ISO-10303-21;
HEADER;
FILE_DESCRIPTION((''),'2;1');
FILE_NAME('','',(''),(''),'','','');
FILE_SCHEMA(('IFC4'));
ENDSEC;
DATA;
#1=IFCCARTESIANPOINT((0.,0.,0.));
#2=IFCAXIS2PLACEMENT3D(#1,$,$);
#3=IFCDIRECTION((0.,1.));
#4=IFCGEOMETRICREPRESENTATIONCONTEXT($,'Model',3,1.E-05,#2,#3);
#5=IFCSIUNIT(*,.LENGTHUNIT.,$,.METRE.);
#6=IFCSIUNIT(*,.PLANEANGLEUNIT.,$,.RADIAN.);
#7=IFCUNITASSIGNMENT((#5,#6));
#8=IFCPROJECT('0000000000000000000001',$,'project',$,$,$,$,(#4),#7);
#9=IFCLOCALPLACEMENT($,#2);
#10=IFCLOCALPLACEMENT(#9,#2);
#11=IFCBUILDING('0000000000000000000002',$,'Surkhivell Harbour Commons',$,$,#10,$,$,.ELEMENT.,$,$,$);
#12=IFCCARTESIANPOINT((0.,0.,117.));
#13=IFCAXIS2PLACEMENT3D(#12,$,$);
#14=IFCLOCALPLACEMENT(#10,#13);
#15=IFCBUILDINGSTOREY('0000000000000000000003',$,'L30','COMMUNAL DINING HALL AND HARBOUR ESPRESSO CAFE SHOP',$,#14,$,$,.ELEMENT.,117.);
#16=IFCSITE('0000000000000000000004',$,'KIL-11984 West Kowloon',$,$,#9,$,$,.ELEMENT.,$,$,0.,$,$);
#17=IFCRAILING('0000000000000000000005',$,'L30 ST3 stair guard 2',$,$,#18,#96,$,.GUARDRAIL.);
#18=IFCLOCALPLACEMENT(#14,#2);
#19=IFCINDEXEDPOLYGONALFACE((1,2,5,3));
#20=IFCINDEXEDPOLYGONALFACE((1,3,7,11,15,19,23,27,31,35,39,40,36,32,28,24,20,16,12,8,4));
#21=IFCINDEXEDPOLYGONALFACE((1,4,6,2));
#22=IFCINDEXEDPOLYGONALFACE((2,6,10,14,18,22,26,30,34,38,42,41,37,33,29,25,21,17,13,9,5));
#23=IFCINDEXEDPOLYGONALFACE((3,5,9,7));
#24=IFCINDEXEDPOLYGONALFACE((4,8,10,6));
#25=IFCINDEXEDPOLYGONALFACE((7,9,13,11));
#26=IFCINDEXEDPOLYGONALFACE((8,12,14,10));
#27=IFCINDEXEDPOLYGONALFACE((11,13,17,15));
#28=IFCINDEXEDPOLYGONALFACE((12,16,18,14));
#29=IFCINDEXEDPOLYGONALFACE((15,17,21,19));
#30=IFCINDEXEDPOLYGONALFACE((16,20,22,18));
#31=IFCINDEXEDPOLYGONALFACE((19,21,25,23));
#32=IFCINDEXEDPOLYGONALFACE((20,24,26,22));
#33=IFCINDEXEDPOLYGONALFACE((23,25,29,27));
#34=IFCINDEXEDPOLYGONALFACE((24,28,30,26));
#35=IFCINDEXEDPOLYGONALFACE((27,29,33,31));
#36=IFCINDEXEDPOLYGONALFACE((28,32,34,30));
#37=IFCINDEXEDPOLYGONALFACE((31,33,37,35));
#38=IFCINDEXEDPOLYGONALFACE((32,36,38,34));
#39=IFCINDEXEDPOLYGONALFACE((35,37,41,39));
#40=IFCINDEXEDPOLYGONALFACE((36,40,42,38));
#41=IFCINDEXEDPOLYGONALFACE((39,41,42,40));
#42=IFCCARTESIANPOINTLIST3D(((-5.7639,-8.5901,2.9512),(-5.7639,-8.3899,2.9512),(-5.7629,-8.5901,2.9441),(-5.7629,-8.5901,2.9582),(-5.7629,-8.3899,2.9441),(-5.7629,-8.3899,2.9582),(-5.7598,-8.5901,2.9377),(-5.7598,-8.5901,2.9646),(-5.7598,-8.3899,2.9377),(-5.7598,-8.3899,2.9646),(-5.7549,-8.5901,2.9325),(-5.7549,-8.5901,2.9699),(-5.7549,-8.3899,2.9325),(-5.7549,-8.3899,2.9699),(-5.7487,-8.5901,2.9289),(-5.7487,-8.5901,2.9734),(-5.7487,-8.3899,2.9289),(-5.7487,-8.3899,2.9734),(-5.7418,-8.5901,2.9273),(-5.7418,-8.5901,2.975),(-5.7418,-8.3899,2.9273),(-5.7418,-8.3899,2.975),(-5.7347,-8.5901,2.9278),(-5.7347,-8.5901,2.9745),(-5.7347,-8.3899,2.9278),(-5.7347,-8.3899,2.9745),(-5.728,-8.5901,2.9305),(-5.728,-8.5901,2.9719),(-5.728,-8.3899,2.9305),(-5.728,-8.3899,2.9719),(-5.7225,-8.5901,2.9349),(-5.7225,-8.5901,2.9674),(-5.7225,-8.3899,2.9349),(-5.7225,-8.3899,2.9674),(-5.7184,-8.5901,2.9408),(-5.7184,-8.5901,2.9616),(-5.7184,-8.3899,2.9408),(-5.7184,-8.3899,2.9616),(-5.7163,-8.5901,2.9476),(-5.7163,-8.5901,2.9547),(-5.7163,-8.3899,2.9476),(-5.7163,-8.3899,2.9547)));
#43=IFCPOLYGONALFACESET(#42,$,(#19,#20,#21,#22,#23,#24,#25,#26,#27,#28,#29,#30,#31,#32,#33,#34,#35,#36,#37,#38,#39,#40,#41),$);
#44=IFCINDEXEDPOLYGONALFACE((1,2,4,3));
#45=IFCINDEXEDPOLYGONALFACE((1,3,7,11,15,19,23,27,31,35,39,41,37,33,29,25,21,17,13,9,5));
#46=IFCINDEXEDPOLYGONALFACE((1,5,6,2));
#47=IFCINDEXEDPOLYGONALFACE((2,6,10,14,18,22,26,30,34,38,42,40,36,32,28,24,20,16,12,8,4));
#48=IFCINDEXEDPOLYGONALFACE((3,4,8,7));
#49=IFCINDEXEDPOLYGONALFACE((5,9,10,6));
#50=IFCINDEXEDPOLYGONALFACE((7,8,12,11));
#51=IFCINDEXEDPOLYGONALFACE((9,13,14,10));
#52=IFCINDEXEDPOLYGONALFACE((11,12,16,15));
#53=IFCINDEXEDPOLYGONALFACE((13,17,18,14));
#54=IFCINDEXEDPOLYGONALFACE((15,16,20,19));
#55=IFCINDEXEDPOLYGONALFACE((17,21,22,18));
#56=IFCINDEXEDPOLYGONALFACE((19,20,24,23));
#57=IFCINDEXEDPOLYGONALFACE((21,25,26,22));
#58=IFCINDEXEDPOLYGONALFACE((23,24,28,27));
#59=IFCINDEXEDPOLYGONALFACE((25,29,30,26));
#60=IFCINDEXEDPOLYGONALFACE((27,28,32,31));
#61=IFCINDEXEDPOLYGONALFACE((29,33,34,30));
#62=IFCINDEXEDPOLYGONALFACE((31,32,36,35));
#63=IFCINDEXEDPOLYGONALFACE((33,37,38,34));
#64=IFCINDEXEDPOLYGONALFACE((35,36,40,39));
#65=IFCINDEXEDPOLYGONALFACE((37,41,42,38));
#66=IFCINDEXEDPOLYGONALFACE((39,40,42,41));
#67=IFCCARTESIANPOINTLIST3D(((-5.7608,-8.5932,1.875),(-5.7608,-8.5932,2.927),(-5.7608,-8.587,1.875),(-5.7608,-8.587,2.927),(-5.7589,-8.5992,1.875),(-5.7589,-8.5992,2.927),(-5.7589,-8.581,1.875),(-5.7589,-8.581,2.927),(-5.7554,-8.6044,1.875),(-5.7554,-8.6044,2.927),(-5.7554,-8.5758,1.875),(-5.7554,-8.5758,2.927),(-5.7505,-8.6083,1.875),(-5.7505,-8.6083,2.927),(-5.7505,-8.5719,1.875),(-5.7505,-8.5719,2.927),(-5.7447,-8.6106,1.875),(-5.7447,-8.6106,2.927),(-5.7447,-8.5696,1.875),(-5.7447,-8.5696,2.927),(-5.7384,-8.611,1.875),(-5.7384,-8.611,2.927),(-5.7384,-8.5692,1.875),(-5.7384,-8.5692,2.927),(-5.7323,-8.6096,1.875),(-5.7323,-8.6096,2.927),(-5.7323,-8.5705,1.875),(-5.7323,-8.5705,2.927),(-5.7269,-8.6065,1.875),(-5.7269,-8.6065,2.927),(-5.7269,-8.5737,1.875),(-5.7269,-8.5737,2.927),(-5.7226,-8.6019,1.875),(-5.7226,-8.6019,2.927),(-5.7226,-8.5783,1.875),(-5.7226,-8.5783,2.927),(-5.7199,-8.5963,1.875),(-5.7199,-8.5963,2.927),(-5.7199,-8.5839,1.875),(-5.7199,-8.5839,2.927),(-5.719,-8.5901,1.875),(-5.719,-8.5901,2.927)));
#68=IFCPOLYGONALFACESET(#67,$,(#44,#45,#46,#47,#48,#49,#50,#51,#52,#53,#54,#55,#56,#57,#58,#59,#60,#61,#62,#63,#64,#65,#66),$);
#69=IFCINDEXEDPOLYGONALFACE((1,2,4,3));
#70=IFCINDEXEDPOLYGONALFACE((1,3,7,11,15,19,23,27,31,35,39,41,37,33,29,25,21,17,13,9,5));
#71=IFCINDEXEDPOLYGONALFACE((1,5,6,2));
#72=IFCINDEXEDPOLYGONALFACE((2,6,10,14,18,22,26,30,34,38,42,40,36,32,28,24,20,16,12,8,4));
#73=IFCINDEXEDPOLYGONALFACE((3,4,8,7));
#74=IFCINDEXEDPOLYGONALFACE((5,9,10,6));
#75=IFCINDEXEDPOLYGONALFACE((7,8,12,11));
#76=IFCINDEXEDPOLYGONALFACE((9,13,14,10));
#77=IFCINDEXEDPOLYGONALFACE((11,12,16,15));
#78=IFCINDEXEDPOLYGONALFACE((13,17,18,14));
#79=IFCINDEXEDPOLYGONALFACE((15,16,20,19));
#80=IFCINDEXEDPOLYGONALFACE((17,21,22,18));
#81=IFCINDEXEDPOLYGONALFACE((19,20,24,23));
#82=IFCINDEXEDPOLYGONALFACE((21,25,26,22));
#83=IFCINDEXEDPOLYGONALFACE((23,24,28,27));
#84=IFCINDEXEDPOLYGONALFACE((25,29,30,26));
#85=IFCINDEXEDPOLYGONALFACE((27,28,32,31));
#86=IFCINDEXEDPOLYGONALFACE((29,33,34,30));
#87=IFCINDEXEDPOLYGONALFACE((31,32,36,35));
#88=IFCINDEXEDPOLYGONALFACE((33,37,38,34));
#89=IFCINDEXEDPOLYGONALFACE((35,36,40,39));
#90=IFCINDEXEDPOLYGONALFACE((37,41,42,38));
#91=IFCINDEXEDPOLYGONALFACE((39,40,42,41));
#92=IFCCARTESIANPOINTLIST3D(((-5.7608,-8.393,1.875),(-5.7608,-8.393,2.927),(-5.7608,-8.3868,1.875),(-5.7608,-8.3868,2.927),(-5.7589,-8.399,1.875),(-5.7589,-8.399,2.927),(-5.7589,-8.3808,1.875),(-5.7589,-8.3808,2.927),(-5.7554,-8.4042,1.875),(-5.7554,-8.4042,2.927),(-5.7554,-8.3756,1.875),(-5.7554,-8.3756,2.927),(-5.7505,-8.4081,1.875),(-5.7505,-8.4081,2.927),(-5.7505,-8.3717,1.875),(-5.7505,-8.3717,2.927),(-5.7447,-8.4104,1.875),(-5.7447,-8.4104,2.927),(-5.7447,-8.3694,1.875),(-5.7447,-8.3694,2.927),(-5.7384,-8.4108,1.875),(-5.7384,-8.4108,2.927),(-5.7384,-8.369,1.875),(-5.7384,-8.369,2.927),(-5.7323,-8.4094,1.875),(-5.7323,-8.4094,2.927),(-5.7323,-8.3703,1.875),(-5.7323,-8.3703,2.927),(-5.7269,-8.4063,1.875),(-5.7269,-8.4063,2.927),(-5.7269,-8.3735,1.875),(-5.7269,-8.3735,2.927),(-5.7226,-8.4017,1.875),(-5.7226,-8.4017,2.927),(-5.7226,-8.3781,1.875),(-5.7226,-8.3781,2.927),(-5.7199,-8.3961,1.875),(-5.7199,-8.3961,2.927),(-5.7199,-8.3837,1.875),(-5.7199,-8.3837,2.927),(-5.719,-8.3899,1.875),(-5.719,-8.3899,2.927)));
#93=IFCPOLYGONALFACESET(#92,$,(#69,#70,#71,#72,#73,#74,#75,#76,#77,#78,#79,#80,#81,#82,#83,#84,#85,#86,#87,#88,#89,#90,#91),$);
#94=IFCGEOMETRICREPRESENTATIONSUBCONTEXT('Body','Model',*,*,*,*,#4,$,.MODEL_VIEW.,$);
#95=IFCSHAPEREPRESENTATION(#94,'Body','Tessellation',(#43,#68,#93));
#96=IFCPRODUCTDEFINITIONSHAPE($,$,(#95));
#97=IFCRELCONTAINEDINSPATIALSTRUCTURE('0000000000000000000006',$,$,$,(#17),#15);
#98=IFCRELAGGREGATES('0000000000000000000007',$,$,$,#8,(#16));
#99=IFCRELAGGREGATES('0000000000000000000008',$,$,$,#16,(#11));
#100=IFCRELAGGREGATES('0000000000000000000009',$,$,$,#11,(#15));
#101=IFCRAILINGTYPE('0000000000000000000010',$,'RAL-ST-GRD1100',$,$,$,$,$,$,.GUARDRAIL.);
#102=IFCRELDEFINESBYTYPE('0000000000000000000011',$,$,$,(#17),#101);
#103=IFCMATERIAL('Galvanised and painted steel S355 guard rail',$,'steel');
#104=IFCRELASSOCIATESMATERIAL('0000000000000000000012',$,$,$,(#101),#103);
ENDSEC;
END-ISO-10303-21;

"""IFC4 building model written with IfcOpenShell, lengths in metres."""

from ifc_helpers import new_model, si_unit, direction, frame, origin, origin_2d, place, context, subcontext, project, spatial, circle, extrude, material, type_object, element, save


model = new_model("IFC4")

# Units and contexts
model_context = context("Model", 3, precision=1e-05, world=origin(), true_north=direction((0.0, 1.0)))
body_context = subcontext(model_context, "Body", "Model", "MODEL_VIEW")
ifc_project = project(units=[si_unit("LENGTHUNIT", "METRE"), si_unit("PLANEANGLEUNIT", "RADIAN")], contexts=[model_context])

# Site, building, storey
site_placement = place(None, origin())
site = spatial("IfcSite", under=ifc_project, at=site_placement, Name="KIL-11984 West Kowloon", CompositionType="ELEMENT", RefElevation=0.0)
building_placement = place(site_placement, origin())
building = spatial("IfcBuilding", under=site, at=building_placement, Name="Surkhivell Harbour Commons", CompositionType="ELEMENT")
storey_placement = place(building_placement, frame((0.0, 0.0, 117.0)))
storey = spatial("IfcBuildingStorey", under=building, at=storey_placement, Name="L30", Description="COMMUNAL DINING HALL AND HARBOUR ESPRESSO CAFE SHOP", CompositionType="ELEMENT", Elevation=117.0)

# Railing
ifc_material_1 = material(Name="Galvanised and painted steel S355 guard rail", Category="steel")
railing_type_1 = type_object("IfcRailingType", Name="RAL-ST-GRD1100", PredefinedType="GUARDRAIL", material=ifc_material_1)
railing_1_placement = place(storey_placement, frame((-5.74, -8.5901, 1.875)))
element("IfcRailing", 1, at=railing_1_placement, inside=storey, type_object=railing_type_1, Name="L30 ST3 stair guard 2", PredefinedType="GUARDRAIL", context=body_context, shape_type="SweptSolid", body=[
    extrude(circle(Radius=0.0239, at=origin_2d()), frame((0.0, 0.0, 1.0762), z_axis=(0.0, 1.0, 0.0), x_axis=(-1.0, 0.0, 0.0)), (0.0, 0.0, 1.0), 0.2002),
    extrude(circle(Radius=0.021, at=origin_2d()), origin(), (0.0, 0.0, 1.0), 1.052),
    extrude(circle(Radius=0.021, at=origin_2d()), frame((0.0, 0.2002, 0.0)), (0.0, 0.0, 1.0), 1.052),
])

save(model, "model.ifc")
